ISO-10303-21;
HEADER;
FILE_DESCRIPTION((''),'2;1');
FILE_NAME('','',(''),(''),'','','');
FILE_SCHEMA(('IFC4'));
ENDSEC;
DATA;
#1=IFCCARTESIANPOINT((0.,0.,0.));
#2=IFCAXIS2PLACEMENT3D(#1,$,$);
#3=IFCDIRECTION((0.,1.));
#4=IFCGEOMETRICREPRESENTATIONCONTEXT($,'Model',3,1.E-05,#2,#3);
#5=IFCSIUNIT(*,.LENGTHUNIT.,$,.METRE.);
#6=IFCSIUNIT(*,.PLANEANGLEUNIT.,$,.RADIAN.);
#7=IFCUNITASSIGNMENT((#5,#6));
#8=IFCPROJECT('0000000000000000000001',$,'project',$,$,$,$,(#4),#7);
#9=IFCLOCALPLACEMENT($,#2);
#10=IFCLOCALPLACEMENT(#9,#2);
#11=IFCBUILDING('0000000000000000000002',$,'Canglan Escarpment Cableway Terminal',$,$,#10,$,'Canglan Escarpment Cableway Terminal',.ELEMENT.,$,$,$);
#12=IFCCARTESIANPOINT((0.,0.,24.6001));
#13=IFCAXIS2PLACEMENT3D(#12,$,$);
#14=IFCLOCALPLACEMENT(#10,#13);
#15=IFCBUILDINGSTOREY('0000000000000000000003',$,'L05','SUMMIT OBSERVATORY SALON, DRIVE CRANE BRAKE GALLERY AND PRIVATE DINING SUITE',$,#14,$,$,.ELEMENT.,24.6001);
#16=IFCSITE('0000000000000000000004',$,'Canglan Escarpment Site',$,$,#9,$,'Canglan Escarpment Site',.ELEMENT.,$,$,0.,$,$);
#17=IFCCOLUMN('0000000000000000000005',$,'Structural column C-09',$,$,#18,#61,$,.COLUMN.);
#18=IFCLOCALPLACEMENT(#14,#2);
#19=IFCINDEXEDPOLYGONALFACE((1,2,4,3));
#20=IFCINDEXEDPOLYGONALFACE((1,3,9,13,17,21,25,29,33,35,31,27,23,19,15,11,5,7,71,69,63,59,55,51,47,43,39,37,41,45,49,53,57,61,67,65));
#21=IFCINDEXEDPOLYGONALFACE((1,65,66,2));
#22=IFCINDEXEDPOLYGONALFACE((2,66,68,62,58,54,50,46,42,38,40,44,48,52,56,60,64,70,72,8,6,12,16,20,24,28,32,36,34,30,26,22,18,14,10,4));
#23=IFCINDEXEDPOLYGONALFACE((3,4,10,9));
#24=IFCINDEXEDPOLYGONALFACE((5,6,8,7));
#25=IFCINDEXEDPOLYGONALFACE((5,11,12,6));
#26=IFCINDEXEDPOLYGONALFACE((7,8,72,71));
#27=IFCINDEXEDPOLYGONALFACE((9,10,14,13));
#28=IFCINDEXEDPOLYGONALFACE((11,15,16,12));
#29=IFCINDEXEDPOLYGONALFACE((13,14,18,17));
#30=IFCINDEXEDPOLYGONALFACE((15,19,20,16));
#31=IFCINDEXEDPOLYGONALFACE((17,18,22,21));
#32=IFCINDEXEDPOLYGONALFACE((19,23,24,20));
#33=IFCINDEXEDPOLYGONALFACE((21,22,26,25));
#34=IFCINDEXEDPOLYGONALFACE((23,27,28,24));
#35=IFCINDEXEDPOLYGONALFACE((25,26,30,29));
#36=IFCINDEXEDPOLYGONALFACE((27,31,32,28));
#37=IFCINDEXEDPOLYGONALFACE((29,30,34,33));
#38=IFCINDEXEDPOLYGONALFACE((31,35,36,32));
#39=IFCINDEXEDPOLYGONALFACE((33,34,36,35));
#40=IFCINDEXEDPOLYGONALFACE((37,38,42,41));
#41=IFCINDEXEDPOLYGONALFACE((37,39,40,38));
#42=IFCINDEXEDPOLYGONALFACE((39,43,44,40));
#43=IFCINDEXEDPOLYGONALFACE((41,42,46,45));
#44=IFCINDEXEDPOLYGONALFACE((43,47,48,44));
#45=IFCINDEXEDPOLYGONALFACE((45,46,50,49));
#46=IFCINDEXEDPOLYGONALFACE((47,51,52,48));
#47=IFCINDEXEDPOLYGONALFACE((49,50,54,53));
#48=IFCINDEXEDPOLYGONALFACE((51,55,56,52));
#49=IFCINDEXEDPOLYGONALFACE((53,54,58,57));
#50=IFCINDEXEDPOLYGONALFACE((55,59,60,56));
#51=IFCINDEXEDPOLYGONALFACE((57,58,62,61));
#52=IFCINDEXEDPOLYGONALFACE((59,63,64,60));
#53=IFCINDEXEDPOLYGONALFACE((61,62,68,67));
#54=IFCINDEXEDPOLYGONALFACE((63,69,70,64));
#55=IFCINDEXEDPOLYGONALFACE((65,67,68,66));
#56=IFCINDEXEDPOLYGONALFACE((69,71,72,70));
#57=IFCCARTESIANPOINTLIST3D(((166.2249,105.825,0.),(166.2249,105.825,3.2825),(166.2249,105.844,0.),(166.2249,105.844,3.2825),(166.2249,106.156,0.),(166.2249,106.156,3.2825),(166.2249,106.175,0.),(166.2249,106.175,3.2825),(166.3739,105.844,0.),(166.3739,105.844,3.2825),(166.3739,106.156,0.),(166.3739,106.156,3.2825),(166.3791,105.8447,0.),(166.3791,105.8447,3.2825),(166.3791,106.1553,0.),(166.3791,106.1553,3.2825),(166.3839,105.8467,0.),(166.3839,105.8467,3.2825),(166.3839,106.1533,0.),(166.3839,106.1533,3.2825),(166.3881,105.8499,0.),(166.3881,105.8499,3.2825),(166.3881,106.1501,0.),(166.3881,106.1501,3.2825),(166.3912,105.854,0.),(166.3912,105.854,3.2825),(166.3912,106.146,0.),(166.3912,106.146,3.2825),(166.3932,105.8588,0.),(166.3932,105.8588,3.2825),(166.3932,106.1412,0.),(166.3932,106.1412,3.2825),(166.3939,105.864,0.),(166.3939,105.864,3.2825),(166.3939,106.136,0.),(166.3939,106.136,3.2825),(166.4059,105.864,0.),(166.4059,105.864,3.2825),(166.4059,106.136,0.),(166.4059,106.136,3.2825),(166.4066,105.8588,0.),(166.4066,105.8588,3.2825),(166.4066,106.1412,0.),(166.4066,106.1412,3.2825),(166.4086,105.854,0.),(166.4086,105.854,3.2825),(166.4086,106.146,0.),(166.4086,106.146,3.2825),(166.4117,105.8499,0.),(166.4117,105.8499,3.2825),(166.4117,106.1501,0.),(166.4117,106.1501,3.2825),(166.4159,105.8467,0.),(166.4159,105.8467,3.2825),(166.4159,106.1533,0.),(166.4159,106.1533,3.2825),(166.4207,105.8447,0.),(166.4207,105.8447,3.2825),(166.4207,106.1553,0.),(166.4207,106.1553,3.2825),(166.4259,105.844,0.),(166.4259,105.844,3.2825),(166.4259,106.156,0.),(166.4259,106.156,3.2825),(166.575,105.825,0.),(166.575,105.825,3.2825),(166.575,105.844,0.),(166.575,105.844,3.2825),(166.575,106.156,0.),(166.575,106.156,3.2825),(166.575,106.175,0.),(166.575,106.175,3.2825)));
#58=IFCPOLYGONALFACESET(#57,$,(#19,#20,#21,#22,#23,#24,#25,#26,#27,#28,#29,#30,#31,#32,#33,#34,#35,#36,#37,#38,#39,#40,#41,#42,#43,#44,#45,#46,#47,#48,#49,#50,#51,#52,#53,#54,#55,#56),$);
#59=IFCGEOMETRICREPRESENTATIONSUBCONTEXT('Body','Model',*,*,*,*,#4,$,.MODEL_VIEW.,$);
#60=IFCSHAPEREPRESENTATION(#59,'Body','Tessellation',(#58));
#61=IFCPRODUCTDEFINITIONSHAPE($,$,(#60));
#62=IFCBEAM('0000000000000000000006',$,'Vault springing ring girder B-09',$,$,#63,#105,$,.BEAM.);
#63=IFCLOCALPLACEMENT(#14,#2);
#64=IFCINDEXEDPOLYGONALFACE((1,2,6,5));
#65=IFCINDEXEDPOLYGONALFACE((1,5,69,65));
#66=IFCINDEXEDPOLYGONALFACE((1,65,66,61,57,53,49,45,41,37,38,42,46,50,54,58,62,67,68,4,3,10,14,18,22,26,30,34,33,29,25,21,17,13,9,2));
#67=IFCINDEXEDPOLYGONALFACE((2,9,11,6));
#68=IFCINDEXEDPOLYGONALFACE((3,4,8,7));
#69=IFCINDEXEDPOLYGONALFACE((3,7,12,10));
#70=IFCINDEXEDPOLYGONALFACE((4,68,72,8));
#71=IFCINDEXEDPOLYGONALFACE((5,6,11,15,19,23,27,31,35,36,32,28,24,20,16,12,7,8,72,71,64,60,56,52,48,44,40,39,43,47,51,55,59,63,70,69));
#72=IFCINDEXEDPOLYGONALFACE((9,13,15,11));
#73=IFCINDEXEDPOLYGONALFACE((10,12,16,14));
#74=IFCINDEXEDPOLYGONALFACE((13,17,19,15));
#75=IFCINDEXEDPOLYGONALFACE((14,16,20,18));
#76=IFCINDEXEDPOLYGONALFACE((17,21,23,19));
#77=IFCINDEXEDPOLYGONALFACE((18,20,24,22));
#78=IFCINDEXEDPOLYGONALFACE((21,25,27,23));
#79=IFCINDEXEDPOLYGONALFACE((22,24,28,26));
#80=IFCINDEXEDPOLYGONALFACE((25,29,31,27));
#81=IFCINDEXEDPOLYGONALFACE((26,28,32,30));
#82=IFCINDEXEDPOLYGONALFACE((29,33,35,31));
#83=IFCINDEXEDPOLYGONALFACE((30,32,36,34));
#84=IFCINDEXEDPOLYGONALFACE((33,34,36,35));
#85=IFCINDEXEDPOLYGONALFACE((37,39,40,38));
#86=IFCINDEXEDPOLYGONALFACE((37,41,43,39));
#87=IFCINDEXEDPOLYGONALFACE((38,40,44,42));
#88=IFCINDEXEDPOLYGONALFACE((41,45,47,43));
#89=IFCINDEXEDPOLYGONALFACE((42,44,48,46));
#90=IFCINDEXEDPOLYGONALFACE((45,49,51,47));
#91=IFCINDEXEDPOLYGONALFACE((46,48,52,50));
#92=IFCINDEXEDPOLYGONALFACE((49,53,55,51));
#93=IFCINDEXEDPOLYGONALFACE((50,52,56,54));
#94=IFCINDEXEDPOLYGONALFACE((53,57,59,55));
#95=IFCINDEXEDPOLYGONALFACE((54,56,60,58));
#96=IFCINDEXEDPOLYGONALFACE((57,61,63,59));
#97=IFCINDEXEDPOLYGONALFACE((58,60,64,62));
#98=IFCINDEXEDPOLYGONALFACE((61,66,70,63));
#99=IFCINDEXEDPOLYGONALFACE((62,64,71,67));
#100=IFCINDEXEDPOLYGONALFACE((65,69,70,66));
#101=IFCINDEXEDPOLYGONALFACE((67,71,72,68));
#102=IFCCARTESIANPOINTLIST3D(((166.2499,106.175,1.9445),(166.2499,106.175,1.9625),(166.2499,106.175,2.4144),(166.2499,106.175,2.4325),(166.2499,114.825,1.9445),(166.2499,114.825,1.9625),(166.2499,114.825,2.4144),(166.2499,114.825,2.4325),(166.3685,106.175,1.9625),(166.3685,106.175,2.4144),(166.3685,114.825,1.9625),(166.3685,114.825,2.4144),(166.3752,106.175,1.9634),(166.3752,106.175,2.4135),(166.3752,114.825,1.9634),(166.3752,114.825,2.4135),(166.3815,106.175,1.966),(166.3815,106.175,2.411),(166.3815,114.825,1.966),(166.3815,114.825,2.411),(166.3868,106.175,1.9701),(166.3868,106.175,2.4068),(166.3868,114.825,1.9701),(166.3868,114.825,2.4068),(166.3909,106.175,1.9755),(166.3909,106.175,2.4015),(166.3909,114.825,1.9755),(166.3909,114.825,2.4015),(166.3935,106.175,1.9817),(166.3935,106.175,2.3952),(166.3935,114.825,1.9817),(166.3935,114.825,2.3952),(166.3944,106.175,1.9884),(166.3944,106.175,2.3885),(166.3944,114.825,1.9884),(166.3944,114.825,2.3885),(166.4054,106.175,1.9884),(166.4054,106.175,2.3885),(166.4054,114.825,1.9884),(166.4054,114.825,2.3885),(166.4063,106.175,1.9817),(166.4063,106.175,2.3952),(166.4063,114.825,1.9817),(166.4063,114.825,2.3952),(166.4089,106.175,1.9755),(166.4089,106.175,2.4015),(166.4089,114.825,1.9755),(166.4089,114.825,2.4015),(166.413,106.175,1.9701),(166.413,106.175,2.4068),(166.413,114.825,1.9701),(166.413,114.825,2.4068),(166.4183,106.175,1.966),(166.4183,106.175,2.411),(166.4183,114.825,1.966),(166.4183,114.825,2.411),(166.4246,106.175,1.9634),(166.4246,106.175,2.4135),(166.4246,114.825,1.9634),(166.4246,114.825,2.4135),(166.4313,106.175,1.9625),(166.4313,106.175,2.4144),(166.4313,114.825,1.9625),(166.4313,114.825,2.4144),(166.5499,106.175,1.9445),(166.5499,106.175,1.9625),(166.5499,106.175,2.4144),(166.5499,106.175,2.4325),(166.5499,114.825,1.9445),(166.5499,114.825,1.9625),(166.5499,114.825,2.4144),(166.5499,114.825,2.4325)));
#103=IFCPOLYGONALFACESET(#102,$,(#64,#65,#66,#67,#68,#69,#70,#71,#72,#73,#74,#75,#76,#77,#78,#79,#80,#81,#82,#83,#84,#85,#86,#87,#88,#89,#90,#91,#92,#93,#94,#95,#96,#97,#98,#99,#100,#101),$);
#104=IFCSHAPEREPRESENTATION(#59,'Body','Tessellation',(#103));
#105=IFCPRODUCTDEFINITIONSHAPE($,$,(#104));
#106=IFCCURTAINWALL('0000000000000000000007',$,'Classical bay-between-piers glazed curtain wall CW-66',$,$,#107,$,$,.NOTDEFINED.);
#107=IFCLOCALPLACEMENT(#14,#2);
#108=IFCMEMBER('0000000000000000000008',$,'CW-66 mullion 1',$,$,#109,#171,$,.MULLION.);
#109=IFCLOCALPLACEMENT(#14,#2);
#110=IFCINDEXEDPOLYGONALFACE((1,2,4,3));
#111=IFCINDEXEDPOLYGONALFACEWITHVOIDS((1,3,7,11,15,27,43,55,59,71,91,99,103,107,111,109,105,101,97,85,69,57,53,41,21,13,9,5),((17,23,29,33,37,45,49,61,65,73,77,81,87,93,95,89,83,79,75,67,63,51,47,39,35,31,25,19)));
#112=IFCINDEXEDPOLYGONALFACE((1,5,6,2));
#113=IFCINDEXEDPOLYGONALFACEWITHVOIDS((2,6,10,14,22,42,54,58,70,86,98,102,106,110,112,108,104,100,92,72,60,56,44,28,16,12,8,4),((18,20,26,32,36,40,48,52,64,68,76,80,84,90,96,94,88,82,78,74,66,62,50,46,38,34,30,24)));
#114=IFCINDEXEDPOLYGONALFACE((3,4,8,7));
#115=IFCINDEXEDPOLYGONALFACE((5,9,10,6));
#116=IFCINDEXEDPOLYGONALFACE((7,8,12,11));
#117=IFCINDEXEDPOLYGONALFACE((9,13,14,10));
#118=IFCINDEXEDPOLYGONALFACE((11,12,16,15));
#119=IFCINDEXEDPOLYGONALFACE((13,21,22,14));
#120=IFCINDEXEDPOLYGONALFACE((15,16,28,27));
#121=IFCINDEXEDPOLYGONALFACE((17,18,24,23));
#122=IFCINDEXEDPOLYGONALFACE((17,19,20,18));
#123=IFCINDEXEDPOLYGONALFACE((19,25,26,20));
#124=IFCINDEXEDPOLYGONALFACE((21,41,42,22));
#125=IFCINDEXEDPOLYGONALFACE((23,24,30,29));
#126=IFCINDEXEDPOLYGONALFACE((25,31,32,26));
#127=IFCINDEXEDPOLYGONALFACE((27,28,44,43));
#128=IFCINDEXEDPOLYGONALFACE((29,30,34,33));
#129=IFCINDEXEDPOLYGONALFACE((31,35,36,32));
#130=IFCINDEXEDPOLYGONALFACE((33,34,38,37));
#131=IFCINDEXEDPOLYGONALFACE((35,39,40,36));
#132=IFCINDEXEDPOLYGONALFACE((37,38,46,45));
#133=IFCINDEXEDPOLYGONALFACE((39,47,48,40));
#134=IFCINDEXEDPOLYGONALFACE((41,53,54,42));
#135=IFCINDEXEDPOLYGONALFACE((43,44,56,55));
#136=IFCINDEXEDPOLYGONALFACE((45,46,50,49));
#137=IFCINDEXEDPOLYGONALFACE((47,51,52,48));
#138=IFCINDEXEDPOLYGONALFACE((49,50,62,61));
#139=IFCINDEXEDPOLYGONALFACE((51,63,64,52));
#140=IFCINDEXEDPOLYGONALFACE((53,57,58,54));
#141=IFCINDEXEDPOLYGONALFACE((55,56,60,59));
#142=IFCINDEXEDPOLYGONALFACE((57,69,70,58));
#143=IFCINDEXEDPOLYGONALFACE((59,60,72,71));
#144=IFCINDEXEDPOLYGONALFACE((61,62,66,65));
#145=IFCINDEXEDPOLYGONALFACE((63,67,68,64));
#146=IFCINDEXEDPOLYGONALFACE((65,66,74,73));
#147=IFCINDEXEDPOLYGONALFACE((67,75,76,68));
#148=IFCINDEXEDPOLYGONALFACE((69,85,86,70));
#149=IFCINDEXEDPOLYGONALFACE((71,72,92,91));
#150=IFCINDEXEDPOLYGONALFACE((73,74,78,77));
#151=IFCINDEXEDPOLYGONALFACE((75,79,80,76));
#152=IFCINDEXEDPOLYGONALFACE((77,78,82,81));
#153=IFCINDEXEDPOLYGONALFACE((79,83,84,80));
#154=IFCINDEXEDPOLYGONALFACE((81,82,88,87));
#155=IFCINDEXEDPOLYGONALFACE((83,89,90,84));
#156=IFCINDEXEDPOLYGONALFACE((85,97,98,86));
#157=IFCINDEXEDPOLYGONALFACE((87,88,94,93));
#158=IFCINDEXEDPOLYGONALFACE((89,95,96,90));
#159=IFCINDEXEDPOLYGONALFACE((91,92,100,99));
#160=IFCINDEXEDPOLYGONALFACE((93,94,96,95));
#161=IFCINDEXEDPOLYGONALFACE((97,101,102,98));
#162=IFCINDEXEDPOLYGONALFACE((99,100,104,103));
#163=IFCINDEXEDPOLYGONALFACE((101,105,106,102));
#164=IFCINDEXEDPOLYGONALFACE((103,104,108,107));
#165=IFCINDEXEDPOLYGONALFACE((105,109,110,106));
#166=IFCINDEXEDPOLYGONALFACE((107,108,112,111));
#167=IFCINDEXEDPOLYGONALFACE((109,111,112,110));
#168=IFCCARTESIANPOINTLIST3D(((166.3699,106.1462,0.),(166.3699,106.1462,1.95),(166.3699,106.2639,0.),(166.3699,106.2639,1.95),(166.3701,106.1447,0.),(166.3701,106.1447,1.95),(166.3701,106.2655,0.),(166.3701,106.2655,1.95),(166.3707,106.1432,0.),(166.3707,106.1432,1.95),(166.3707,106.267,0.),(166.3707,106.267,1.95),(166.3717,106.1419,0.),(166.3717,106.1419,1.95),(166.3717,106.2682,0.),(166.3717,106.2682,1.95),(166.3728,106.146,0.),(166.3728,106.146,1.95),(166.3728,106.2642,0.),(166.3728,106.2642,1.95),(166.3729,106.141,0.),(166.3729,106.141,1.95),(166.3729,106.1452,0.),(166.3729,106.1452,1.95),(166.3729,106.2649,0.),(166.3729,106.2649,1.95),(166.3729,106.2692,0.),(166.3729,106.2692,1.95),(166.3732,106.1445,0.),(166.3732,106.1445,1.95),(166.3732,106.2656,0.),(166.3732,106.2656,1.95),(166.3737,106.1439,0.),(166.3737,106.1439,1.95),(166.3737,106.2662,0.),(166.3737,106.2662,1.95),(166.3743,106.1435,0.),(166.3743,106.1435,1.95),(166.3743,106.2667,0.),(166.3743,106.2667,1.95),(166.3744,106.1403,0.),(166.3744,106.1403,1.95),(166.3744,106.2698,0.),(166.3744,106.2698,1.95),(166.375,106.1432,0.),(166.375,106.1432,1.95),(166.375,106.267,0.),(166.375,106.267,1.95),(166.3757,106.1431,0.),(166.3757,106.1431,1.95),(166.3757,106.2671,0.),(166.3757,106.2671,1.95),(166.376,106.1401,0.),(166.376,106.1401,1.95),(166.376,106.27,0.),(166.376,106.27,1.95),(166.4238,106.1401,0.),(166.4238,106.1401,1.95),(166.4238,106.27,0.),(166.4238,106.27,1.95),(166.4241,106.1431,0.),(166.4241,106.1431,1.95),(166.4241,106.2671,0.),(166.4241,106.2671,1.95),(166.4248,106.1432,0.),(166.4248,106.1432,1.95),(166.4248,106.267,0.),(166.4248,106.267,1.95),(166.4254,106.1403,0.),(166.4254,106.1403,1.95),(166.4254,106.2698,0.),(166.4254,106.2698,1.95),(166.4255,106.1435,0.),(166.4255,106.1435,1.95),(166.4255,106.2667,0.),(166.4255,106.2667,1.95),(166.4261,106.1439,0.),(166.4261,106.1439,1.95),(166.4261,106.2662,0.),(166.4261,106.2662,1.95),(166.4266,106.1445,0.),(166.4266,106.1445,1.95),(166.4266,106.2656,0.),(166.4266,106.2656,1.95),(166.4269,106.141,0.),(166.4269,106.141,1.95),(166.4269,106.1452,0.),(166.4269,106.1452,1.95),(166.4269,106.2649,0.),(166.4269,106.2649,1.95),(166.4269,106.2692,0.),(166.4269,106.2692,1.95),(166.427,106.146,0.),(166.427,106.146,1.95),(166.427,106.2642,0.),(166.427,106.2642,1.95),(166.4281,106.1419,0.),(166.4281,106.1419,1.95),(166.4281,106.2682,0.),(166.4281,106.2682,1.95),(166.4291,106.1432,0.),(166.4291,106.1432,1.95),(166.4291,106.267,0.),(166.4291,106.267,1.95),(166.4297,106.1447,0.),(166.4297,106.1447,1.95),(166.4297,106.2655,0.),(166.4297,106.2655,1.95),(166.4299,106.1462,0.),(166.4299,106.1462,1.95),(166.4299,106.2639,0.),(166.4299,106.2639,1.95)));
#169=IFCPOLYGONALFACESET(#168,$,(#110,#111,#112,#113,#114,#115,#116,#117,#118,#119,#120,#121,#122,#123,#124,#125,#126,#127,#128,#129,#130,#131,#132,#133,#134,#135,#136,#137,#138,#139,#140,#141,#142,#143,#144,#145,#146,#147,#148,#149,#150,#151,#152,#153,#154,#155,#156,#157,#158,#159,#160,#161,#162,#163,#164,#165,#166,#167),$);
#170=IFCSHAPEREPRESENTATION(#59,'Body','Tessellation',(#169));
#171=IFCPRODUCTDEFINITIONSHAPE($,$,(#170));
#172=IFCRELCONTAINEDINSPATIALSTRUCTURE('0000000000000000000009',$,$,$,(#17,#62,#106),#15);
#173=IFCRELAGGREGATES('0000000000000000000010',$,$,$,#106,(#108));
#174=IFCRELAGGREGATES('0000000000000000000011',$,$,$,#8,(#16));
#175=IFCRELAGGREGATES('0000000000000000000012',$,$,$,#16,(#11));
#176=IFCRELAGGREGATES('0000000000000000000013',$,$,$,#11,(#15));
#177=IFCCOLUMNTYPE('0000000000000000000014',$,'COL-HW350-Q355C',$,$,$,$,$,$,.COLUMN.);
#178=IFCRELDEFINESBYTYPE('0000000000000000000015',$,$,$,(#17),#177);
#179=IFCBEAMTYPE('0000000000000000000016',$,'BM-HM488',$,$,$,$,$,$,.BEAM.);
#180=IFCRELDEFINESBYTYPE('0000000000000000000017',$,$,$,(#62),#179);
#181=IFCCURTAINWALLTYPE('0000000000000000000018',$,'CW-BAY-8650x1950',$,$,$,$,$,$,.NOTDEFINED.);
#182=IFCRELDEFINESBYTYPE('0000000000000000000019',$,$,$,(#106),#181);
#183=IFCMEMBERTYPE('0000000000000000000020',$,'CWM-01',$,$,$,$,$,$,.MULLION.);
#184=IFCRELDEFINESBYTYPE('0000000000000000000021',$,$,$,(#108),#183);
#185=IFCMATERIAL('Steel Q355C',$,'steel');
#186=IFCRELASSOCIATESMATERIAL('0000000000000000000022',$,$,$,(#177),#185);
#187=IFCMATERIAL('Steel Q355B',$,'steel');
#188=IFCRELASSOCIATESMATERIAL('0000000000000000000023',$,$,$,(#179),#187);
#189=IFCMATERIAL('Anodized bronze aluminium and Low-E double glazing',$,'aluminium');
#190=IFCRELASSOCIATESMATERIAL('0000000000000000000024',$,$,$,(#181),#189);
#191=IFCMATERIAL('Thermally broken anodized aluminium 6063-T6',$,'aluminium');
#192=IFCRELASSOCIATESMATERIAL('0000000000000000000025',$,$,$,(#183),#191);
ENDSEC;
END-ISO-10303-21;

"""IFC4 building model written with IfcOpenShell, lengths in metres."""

from ifc_helpers import new_model, si_unit, direction, frame, origin, origin_2d, place, context, subcontext, project, spatial, hollow_rectangle, i_section, extrude, material, material_profile, profile_set, type_object, element, aggregate, save


model = new_model("IFC4")

# Units and contexts
model_context = context("Model", 3, precision=1e-05, world=origin(), true_north=direction((0.0, 1.0)))
body_context = subcontext(model_context, "Body", "Model", "MODEL_VIEW")
ifc_project = project(units=[si_unit("LENGTHUNIT", "METRE"), si_unit("PLANEANGLEUNIT", "RADIAN")], contexts=[model_context])

# Site, building, storey
site_placement = place(None, origin())
site = spatial("IfcSite", under=ifc_project, at=site_placement, Name="Canglan Escarpment Site", LongName="Canglan Escarpment Site", CompositionType="ELEMENT", RefElevation=0.0)
building_placement = place(site_placement, origin())
building = spatial("IfcBuilding", under=site, at=building_placement, Name="Canglan Escarpment Cableway Terminal", LongName="Canglan Escarpment Cableway Terminal", CompositionType="ELEMENT")
storey_placement = place(building_placement, frame((0.0, 0.0, 24.6001)))
storey = spatial("IfcBuildingStorey", under=building, at=storey_placement, Name="L05", Description="SUMMIT OBSERVATORY SALON, DRIVE CRANE BRAKE GALLERY AND PRIVATE DINING SUITE", CompositionType="ELEMENT", Elevation=24.6001)

# Column
ifc_material_1 = material(Name="Steel Q355C", Category="steel")
ifc_material_profile_1 = material_profile(ifc_material_1, i_section(OverallWidth=0.3501, OverallDepth=0.3501, WebThickness=0.012, FlangeThickness=0.019, FilletRadius=0.02, at=origin_2d()), Name="HW 350x350x12x19")
ifc_profile_set_1 = profile_set([ifc_material_profile_1], Name="Steel Q355C")
column_type = type_object("IfcColumnType", Name="COL-HW350-Q355C", PredefinedType="COLUMN", material=ifc_profile_set_1)
column_placement = place(storey_placement, frame((166.3999, 106.0, 0.0), z_axis=(0.0, 0.0, 1.0), x_axis=(1.0, 0.0, 0.0)))
element("IfcColumn", 1, at=column_placement, inside=storey, type_object=column_type, Name="Structural column C-09", PredefinedType="COLUMN", context=body_context, shape_type="SweptSolid", body=[
    extrude(i_section(OverallWidth=0.3501, OverallDepth=0.3501, WebThickness=0.012, FlangeThickness=0.019, FilletRadius=0.02, at=origin_2d()), origin(), (0.0, 0.0, 1.0), 3.2825),
])

# Beam
ifc_material_2 = material(Name="Steel Q355B", Category="steel")
ifc_material_profile_2 = material_profile(ifc_material_2, i_section(OverallWidth=0.3, OverallDepth=0.488, WebThickness=0.011, FlangeThickness=0.0181, FilletRadius=0.0259, at=origin_2d()), Name="HM 488x300x11x18")
ifc_profile_set_2 = profile_set([ifc_material_profile_2], Name="Steel Q355B")
beam_type = type_object("IfcBeamType", Name="BM-HM488", PredefinedType="BEAM", material=ifc_profile_set_2)
beam_placement = place(storey_placement, frame((166.3999, 106.175, 2.1885), z_axis=(0.0, 1.0, 0.0), x_axis=(-1.0, 0.0, 0.0)))
element("IfcBeam", 2, at=beam_placement, inside=storey, type_object=beam_type, Name="Vault springing ring girder B-09", PredefinedType="BEAM", context=body_context, shape_type="SweptSolid", body=[
    extrude(i_section(OverallWidth=0.3, OverallDepth=0.488, WebThickness=0.011, FlangeThickness=0.0181, FilletRadius=0.0259, at=origin_2d()), origin(), (0.0, 0.0, 1.0), 8.6499),
])

# Curtain wall, member
ifc_material_3 = material(Name="Anodized bronze aluminium and Low-E double glazing", Category="aluminium")
curtain_wall_type = type_object("IfcCurtainWallType", Name="CW-BAY-8650x1950", PredefinedType="NOTDEFINED", material=ifc_material_3)
curtain_wall_1_placement = place(storey_placement, origin())
curtain_wall_1 = element("IfcCurtainWall", 3, at=curtain_wall_1_placement, inside=storey, type_object=curtain_wall_type, Name="Classical bay-between-piers glazed curtain wall CW-66", PredefinedType="NOTDEFINED")
ifc_material_4 = material(Name="Thermally broken anodized aluminium 6063-T6", Category="aluminium")
ifc_material_profile_3 = material_profile(ifc_material_4, hollow_rectangle(XDim=0.0601, YDim=0.1299, WallThickness=0.0029, InnerFilletRadius=0.0029, OuterFilletRadius=0.0061, at=origin_2d()), Name="ALU-MULL 60x130x3")
ifc_profile_set_3 = profile_set([ifc_material_profile_3], Name="Thermally broken anodized aluminium 6063-T6")
member_type_1 = type_object("IfcMemberType", Name="CWM-01", PredefinedType="MULLION", material=ifc_profile_set_3)
member_1_placement = place(storey_placement, frame((166.3999, 106.2051, 0.0), z_axis=(0.0, 0.0, 1.0), x_axis=(-1.0, 0.0, 0.0)))
member_1 = element("IfcMember", 4, at=member_1_placement, type_object=member_type_1, Name="CW-66 mullion 1", PredefinedType="MULLION", context=body_context, shape_type="SweptSolid", body=[
    extrude(hollow_rectangle(XDim=0.0601, YDim=0.1299, WallThickness=0.0029, InnerFilletRadius=0.0029, OuterFilletRadius=0.0061, at=origin_2d()), origin(), (0.0, 0.0, 1.0), 1.95),
])
aggregate(curtain_wall_1, [member_1])

save(model, "model.ifc")
